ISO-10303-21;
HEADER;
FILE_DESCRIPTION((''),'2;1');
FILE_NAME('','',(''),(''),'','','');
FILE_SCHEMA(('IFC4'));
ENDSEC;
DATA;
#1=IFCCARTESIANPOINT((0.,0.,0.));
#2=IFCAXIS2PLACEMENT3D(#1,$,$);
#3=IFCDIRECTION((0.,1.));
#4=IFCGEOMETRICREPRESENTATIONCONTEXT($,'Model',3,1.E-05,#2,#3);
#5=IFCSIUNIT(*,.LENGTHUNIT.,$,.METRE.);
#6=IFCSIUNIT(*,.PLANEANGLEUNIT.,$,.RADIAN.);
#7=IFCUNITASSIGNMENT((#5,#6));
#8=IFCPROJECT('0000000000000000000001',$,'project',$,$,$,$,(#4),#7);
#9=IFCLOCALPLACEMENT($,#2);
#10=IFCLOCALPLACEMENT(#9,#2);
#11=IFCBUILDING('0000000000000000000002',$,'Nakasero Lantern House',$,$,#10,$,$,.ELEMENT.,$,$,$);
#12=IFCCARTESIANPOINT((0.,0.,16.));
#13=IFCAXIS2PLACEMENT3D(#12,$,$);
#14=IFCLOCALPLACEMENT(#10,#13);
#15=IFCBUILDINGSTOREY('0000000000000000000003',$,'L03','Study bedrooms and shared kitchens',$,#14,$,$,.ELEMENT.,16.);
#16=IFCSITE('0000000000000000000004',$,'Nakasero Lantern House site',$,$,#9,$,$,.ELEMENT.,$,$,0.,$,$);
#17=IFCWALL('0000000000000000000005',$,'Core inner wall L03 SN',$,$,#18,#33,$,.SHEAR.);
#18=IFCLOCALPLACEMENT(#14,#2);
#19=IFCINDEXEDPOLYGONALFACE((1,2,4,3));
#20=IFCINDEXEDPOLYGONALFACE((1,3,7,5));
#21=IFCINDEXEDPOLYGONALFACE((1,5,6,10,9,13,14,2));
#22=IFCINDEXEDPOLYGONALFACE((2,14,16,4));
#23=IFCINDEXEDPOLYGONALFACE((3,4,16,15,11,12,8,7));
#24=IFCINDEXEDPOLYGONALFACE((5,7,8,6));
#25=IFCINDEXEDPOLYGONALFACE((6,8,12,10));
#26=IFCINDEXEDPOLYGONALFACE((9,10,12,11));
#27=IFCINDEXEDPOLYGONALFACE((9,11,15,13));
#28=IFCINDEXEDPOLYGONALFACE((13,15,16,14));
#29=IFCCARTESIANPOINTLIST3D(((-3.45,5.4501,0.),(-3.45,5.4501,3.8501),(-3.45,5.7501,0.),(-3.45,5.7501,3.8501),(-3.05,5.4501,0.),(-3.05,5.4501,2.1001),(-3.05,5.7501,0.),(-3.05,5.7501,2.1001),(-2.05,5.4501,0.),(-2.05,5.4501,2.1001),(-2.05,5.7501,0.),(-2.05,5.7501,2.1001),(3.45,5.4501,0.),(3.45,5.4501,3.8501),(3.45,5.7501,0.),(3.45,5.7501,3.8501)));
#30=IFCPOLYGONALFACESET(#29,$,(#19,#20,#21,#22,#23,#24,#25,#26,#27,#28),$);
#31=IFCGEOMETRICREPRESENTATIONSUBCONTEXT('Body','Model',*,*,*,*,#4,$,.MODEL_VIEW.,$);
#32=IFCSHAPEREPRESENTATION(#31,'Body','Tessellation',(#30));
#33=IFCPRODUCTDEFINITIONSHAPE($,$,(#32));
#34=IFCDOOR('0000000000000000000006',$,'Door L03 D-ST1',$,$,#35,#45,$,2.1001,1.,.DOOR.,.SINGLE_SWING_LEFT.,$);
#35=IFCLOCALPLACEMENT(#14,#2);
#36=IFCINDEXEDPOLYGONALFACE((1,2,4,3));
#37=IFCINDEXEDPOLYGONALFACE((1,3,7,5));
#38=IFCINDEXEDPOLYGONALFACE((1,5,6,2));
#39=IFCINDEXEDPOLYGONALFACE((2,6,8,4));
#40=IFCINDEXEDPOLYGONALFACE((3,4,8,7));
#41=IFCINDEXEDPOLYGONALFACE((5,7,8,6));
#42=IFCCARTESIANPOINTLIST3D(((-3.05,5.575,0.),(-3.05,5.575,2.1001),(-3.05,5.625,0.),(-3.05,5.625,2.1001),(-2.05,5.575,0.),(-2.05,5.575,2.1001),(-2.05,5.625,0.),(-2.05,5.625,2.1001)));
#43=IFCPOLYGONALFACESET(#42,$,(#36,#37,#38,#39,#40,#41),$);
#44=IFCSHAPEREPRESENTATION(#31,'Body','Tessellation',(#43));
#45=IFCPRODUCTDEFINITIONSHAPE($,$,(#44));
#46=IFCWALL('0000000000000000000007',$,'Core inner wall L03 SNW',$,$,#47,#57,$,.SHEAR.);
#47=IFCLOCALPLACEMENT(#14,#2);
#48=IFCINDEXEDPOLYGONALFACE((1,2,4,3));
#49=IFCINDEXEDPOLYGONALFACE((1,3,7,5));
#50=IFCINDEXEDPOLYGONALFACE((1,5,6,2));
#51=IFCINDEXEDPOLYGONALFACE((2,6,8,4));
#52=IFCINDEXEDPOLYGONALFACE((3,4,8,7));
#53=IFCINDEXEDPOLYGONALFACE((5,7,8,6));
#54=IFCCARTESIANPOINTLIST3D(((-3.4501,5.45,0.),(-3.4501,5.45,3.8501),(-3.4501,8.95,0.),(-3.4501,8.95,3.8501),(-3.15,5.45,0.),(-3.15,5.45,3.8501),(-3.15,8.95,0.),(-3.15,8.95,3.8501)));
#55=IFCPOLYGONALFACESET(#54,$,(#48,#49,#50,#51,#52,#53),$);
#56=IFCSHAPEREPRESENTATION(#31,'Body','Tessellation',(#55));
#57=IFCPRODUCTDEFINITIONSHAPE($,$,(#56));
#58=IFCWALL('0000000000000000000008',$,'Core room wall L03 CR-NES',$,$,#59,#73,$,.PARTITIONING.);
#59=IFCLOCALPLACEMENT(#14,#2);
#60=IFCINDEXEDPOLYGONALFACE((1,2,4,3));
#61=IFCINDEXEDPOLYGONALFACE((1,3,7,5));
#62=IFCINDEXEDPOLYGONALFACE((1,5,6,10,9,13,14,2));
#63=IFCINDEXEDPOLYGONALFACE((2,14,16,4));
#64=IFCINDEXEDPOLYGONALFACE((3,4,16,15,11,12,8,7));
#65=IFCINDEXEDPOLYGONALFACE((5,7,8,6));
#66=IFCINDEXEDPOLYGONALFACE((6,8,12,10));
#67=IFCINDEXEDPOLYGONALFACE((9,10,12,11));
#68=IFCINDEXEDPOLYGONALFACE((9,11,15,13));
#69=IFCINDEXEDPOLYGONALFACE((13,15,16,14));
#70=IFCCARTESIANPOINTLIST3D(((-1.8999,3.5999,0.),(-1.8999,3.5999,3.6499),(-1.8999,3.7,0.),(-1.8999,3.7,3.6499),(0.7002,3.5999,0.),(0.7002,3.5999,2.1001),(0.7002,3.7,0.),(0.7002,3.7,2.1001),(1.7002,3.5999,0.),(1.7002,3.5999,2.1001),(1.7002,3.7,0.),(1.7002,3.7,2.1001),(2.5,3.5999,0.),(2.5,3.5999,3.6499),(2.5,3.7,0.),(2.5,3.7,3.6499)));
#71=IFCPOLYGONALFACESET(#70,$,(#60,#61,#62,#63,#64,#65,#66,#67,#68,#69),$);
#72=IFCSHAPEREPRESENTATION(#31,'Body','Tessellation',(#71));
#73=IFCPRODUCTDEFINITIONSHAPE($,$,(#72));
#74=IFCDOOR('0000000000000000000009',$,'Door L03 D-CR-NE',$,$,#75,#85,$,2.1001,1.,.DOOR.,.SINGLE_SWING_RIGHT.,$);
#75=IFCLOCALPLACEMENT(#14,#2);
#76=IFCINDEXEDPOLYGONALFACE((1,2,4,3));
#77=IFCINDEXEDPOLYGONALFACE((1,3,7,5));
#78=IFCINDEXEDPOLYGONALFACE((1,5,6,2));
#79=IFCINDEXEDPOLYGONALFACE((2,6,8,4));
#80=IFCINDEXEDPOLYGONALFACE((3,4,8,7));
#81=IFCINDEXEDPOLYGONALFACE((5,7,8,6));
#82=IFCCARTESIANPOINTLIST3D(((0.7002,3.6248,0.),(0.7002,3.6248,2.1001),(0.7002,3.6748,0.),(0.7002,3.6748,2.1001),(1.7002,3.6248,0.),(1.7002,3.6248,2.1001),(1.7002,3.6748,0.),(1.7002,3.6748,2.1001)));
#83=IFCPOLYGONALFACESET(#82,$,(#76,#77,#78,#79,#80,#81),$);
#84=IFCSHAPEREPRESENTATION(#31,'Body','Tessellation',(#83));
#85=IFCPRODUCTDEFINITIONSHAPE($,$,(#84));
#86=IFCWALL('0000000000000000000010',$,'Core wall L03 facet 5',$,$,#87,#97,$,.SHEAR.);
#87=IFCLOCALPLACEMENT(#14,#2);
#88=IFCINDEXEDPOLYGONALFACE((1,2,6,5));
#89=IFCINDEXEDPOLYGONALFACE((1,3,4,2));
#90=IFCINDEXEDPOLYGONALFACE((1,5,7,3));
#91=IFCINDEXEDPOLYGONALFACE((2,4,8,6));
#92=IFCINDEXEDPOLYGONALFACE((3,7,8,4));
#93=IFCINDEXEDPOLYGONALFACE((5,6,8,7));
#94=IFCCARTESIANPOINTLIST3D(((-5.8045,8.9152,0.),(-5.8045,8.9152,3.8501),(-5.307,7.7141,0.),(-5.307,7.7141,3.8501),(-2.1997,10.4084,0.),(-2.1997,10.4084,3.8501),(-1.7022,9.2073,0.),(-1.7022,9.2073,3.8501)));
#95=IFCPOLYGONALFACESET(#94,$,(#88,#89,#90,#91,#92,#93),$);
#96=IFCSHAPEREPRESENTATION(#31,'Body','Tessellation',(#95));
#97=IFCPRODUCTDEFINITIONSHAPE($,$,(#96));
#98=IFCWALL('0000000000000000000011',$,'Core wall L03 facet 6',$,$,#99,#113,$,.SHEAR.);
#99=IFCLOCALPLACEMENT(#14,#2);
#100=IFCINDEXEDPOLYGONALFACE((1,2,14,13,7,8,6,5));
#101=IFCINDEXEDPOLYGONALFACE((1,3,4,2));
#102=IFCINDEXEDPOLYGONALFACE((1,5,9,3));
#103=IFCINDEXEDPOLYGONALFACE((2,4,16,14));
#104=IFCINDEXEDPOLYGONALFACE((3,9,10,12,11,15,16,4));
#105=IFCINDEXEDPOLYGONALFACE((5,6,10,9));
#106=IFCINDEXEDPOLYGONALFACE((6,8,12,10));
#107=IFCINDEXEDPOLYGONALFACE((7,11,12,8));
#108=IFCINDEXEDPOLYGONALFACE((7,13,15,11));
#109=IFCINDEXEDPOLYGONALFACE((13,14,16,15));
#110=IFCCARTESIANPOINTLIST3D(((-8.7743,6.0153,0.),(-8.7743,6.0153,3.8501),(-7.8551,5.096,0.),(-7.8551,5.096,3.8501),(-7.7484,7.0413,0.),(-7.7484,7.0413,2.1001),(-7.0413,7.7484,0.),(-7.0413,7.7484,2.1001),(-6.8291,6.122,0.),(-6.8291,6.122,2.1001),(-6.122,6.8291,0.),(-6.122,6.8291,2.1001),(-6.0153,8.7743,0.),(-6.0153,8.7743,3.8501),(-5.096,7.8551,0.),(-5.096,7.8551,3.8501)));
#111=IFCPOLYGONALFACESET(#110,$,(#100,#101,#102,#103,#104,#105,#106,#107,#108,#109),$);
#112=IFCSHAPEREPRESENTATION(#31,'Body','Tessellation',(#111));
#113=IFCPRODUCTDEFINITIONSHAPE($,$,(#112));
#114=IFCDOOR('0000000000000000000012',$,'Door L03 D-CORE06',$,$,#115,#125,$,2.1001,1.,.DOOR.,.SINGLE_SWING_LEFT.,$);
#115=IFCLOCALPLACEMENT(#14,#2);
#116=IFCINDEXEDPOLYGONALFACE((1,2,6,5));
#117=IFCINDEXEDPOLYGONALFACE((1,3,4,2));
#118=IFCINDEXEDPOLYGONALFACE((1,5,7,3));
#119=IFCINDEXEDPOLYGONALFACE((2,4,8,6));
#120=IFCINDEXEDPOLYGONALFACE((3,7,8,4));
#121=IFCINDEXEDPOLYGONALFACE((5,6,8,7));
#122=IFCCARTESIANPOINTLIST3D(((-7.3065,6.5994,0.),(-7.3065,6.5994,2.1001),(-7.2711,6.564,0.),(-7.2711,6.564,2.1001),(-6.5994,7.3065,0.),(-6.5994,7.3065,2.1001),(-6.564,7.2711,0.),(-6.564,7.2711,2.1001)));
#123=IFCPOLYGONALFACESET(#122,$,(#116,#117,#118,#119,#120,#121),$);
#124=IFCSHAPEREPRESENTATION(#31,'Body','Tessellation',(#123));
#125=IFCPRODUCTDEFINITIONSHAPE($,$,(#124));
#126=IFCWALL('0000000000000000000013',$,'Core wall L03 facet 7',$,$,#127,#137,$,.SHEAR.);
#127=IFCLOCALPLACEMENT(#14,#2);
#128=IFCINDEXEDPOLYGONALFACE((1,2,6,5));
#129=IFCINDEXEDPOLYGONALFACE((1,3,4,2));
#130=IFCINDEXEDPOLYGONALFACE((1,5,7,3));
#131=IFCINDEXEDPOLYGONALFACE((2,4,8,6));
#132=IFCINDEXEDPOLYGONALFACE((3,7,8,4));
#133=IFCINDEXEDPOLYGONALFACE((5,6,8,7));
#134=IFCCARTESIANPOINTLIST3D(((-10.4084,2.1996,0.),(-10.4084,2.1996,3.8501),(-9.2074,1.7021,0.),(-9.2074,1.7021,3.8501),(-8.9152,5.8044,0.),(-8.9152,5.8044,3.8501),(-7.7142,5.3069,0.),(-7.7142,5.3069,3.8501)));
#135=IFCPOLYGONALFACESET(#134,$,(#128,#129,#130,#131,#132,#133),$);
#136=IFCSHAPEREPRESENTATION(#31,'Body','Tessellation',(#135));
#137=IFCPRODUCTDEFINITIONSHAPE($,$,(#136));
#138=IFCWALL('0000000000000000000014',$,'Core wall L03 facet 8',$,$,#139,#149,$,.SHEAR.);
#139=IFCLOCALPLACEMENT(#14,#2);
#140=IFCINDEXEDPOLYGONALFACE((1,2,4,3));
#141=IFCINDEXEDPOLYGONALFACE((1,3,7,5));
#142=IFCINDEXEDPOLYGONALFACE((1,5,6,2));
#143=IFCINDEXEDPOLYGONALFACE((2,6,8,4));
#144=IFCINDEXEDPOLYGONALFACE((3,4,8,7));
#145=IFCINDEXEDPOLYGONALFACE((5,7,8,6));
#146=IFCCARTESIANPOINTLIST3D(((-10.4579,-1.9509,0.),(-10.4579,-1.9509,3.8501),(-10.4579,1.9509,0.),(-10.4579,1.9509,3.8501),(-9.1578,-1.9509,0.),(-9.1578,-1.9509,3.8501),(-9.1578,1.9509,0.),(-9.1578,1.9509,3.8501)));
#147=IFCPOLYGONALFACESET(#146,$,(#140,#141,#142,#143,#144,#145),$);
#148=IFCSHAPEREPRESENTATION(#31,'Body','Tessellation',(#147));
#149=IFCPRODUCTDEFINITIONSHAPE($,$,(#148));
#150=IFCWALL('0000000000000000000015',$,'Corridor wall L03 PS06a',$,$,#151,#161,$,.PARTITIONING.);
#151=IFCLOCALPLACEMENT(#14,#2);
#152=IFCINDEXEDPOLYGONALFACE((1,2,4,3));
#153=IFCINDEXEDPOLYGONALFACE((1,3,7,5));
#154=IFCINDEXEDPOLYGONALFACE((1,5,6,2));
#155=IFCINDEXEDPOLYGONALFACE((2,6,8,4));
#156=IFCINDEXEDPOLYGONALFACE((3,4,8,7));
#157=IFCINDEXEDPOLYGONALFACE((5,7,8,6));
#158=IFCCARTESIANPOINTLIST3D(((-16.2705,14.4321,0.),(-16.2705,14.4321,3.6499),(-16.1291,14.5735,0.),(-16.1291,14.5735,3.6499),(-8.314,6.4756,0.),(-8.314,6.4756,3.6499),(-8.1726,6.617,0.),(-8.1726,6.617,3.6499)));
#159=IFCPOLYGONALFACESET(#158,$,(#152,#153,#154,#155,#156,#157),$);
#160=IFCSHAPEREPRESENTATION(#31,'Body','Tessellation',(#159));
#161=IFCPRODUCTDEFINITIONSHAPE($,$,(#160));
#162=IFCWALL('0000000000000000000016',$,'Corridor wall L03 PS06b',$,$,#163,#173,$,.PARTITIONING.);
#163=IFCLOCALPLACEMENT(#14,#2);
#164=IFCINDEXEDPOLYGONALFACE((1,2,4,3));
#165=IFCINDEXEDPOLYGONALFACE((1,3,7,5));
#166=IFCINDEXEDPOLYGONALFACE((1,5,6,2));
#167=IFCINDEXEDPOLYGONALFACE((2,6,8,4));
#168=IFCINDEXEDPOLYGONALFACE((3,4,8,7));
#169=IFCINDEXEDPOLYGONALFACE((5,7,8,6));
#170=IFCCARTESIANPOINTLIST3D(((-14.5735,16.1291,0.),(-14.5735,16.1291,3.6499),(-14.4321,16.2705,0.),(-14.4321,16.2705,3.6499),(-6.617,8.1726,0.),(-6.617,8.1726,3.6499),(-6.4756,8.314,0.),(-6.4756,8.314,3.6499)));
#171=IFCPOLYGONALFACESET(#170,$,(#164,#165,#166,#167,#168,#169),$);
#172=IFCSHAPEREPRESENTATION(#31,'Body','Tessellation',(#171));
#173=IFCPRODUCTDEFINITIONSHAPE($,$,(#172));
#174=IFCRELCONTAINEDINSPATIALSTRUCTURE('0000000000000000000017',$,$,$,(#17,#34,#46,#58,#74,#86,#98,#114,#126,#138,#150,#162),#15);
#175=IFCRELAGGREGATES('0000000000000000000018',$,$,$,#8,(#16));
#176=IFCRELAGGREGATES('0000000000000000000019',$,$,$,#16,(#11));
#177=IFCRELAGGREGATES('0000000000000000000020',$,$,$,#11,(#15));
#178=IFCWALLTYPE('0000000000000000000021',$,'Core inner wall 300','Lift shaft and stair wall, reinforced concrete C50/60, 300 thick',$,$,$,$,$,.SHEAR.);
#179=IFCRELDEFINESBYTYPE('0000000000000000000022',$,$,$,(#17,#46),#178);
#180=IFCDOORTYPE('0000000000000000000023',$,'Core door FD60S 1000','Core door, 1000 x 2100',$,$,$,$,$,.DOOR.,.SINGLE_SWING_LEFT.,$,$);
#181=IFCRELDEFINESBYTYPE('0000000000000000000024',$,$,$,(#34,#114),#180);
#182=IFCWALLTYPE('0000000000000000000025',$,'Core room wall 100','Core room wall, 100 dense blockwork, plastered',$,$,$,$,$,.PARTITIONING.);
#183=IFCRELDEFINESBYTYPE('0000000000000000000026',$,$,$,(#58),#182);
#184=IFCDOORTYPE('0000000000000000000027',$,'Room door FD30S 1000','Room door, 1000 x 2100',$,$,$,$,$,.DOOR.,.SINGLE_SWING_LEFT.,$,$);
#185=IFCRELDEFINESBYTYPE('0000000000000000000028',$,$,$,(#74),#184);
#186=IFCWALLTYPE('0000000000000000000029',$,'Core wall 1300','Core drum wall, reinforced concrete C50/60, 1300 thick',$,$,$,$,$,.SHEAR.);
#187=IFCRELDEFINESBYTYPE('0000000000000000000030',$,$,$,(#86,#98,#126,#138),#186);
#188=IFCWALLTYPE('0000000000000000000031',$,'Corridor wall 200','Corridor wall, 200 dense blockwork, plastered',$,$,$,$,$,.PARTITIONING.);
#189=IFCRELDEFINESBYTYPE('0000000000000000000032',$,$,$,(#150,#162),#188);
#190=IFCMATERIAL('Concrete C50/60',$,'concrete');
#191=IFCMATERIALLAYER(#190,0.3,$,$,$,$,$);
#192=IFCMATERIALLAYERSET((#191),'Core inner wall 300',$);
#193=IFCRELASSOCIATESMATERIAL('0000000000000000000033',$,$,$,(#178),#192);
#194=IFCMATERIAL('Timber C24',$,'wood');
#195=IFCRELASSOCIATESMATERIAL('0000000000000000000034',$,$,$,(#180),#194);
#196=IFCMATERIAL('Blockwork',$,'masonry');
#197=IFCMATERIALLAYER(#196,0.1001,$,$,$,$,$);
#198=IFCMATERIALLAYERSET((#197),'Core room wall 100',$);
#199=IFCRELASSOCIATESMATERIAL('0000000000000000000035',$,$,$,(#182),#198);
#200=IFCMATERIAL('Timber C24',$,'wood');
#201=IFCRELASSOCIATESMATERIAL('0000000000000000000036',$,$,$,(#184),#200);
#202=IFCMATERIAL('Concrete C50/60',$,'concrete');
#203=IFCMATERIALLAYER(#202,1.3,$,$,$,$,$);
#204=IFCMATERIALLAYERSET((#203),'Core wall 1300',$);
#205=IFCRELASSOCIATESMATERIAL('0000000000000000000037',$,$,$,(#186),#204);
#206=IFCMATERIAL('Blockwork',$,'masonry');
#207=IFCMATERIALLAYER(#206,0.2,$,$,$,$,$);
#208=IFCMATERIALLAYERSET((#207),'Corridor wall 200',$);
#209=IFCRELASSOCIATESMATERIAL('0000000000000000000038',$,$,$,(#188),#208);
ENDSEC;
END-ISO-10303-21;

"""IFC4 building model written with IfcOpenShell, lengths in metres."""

from ifc_helpers import new_model, si_unit, direction, frame, frame_2d, origin, place, context, subcontext, project, spatial, rectangle, extrude, material, layer, layer_set, type_object, element, fill, save


model = new_model("IFC4")

# Units and contexts
model_context = context("Model", 3, precision=1e-05, world=origin(), true_north=direction((0.0, 1.0)))
body_context = subcontext(model_context, "Body", "Model", "MODEL_VIEW")
ifc_project = project(units=[si_unit("LENGTHUNIT", "METRE"), si_unit("PLANEANGLEUNIT", "RADIAN")], contexts=[model_context])

# Site, building, storey
site_placement = place(None, origin())
site = spatial("IfcSite", under=ifc_project, at=site_placement, Name="Nakasero Lantern House site", CompositionType="ELEMENT", RefElevation=0.0)
building_placement = place(site_placement, origin())
building = spatial("IfcBuilding", under=site, at=building_placement, Name="Nakasero Lantern House", CompositionType="ELEMENT")
storey_placement = place(building_placement, frame((0.0, 0.0, 16.0)))
storey = spatial("IfcBuildingStorey", under=building, at=storey_placement, Name="L03", Description="Study bedrooms and shared kitchens", CompositionType="ELEMENT", Elevation=16.0)

# Shared definitions
ifc_material_1 = material(Name="Concrete C50/60", Category="concrete")
ifc_layer_1 = layer(ifc_material_1, 0.3)
ifc_layer_set_1 = layer_set([ifc_layer_1], Name="Core inner wall 300")
wall_type_1 = type_object("IfcWallType", Name="Core inner wall 300", Description="Lift shaft and stair wall, reinforced concrete C50/60, 300 thick", PredefinedType="SHEAR", material=ifc_layer_set_1)

# Wall, opening, door
wall_1_placement = place(storey_placement, frame((-3.45, 5.6001, 0.0), z_axis=(0.0, 0.0, 1.0), x_axis=(1.0, 0.0, 0.0)))
wall_1 = element("IfcWall", 1, at=wall_1_placement, inside=storey, type_object=wall_type_1, Name="Core inner wall L03 SN", PredefinedType="SHEAR", context=body_context, shape_type="SweptSolid", body=[
    extrude(rectangle(XDim=6.8999, YDim=0.3, at=frame_2d((3.45, 0.0))), origin(), (0.0, 0.0, 1.0), 3.8501),
])
opening_1_placement = place(wall_1_placement, frame((0.3999, 0.0, 0.0)))
opening_1 = element("IfcOpeningElement", 2, at=opening_1_placement, cuts=wall_1, PredefinedType="OPENING", context=body_context, shape_type="SweptSolid", body=[
    extrude(rectangle(XDim=1.0, YDim=2.1001, at=frame_2d((0.5, 1.05))), frame((0.0, 0.1699, 0.0), z_axis=(0.0, -1.0, 0.0), x_axis=(1.0, 0.0, 0.0)), (0.0, 0.0, 1.0), 0.3401),
])
ifc_material_2 = material(Name="Timber C24", Category="wood")
door_type_1 = type_object("IfcDoorType", Name="Core door FD60S 1000", Description="Core door, 1000 x 2100", OperationType="SINGLE_SWING_LEFT", PredefinedType="DOOR", material=ifc_material_2)
door_1_placement = place(opening_1_placement, origin())
door_1 = element("IfcDoor", 3, at=door_1_placement, inside=storey, type_object=door_type_1, Name="Door L03 D-ST1", OperationType="SINGLE_SWING_LEFT", OverallHeight=2.1001, OverallWidth=1.0, PredefinedType="DOOR", context=body_context, shape_type="SweptSolid", body=[
    extrude(rectangle(XDim=1.0, YDim=2.1001, at=frame_2d((0.5, 1.05))), frame((0.0, 0.0249, 0.0), z_axis=(0.0, -1.0, 0.0), x_axis=(1.0, 0.0, 0.0)), (0.0, 0.0, 1.0), 0.05),
])
fill(opening_1, door_1)

# Wall
wall_2_placement = place(storey_placement, frame((-3.3, 5.45, 0.0), z_axis=(0.0, 0.0, 1.0), x_axis=(0.0, 1.0, 0.0)))
element("IfcWall", 4, at=wall_2_placement, inside=storey, type_object=wall_type_1, Name="Core inner wall L03 SNW", PredefinedType="SHEAR", context=body_context, shape_type="SweptSolid", body=[
    extrude(rectangle(XDim=3.5, YDim=0.3, at=frame_2d((1.75, 0.0))), origin(), (0.0, 0.0, 1.0), 3.8501),
])

# Wall, opening, door
ifc_material_3 = material(Name="Blockwork", Category="masonry")
ifc_layer_2 = layer(ifc_material_3, 0.1001)
ifc_layer_set_2 = layer_set([ifc_layer_2], Name="Core room wall 100")
wall_type_2 = type_object("IfcWallType", Name="Core room wall 100", Description="Core room wall, 100 dense blockwork, plastered", PredefinedType="PARTITIONING", material=ifc_layer_set_2)
wall_3_placement = place(storey_placement, frame((-1.8999, 3.6499, 0.0), z_axis=(0.0, 0.0, 1.0), x_axis=(1.0, 0.0, 0.0)))
wall_3 = element("IfcWall", 5, at=wall_3_placement, inside=storey, type_object=wall_type_2, Name="Core room wall L03 CR-NES", PredefinedType="PARTITIONING", context=body_context, shape_type="SweptSolid", body=[
    extrude(rectangle(XDim=4.3999, YDim=0.1001, at=frame_2d((2.2, 0.0))), origin(), (0.0, 0.0, 1.0), 3.6499),
])
opening_2_placement = place(wall_3_placement, frame((2.6001, 0.0, 0.0)))
opening_2 = element("IfcOpeningElement", 6, at=opening_2_placement, cuts=wall_3, PredefinedType="OPENING", context=body_context, shape_type="SweptSolid", body=[
    extrude(rectangle(XDim=1.0, YDim=2.1001, at=frame_2d((0.5, 1.05))), frame((0.0, 0.0701, 0.0), z_axis=(0.0, -1.0, 0.0), x_axis=(1.0, 0.0, 0.0)), (0.0, 0.0, 1.0), 0.1401),
])
ifc_material_4 = material(Name="Timber C24", Category="wood")
door_type_2 = type_object("IfcDoorType", Name="Room door FD30S 1000", Description="Room door, 1000 x 2100", OperationType="SINGLE_SWING_LEFT", PredefinedType="DOOR", material=ifc_material_4)
door_2_placement = place(opening_2_placement, origin())
door_2 = element("IfcDoor", 7, at=door_2_placement, inside=storey, type_object=door_type_2, Name="Door L03 D-CR-NE", OperationType="SINGLE_SWING_RIGHT", OverallHeight=2.1001, OverallWidth=1.0, PredefinedType="DOOR", context=body_context, shape_type="SweptSolid", body=[
    extrude(rectangle(XDim=1.0, YDim=2.1001, at=frame_2d((0.5, 1.05))), frame((0.0, 0.0249, 0.0), z_axis=(0.0, -1.0, 0.0), x_axis=(1.0, 0.0, 0.0)), (0.0, 0.0, 1.0), 0.05),
])
fill(opening_2, door_2)

# Wall
ifc_material_5 = material(Name="Concrete C50/60", Category="concrete")
ifc_layer_3 = layer(ifc_material_5, 1.3)
ifc_layer_set_3 = layer_set([ifc_layer_3], Name="Core wall 1300")
wall_type_3 = type_object("IfcWallType", Name="Core wall 1300", Description="Core drum wall, reinforced concrete C50/60, 1300 thick", PredefinedType="SHEAR", material=ifc_layer_set_3)
wall_4_placement = place(storey_placement, frame((-1.9509, 9.8079, 0.0), z_axis=(0.0, 0.0, 1.0), x_axis=(-0.923877, -0.382691, 0.0)))
element("IfcWall", 8, at=wall_4_placement, inside=storey, type_object=wall_type_3, Name="Core wall L03 facet 5", PredefinedType="SHEAR", context=body_context, shape_type="SweptSolid", body=[
    extrude(rectangle(XDim=3.9019, YDim=1.3, at=frame_2d((1.9509, 0.0))), origin(), (0.0, 0.0, 1.0), 3.8501),
])

# Wall, opening, door
wall_5_placement = place(storey_placement, frame((-5.5557, 8.3147, 0.0), z_axis=(0.0, 0.0, 1.0), x_axis=(-0.707107, -0.707107, 0.0)))
wall_5 = element("IfcWall", 9, at=wall_5_placement, inside=storey, type_object=wall_type_3, Name="Core wall L03 facet 6", PredefinedType="SHEAR", context=body_context, shape_type="SweptSolid", body=[
    extrude(rectangle(XDim=3.9019, YDim=1.3, at=frame_2d((1.9509, 0.0))), origin(), (0.0, 0.0, 1.0), 3.8501),
])
opening_3_placement = place(wall_5_placement, frame((1.4509, 0.0, 0.0)))
opening_3 = element("IfcOpeningElement", 10, at=opening_3_placement, cuts=wall_5, PredefinedType="OPENING", context=body_context, shape_type="SweptSolid", body=[
    extrude(rectangle(XDim=1.0, YDim=2.1001, at=frame_2d((0.5, 1.05))), frame((0.0, 0.6699, 0.0), z_axis=(0.0, -1.0, 0.0), x_axis=(1.0, 0.0, 0.0)), (0.0, 0.0, 1.0), 1.3401),
])
door_3_placement = place(opening_3_placement, origin())
door_3 = element("IfcDoor", 11, at=door_3_placement, inside=storey, type_object=door_type_1, Name="Door L03 D-CORE06", OperationType="SINGLE_SWING_LEFT", OverallHeight=2.1001, OverallWidth=1.0, PredefinedType="DOOR", context=body_context, shape_type="SweptSolid", body=[
    extrude(rectangle(XDim=1.0, YDim=2.1001, at=frame_2d((0.5, 1.05))), frame((0.0, 0.0249, 0.0), z_axis=(0.0, -1.0, 0.0), x_axis=(1.0, 0.0, 0.0)), (0.0, 0.0, 1.0), 0.05),
])
fill(opening_3, door_3)

# Walls
for number, where, z_axis, x_axis, name in (
    (12, (-8.3147, 5.5557, 0.0), (0.0, 0.0, 1.0), (-0.382691, -0.923877, 0.0), "Core wall L03 facet 7"),
    (13, (-9.8079, 1.9509, 0.0), (0.0, 0.0, 1.0), (0.0, -1.0, 0.0), "Core wall L03 facet 8"),
):
    element("IfcWall", number, at=place(storey_placement, frame(where, z_axis=z_axis, x_axis=x_axis)), inside=storey, type_object=wall_type_3, Name=name, PredefinedType="SHEAR", context=body_context, shape_type="SweptSolid", body=[
        extrude(rectangle(XDim=3.9019, YDim=1.3, at=frame_2d((1.9509, 0.0))), origin(), (0.0, 0.0, 1.0), 3.8501),
    ])
ifc_material_6 = material(Name="Blockwork", Category="masonry")
ifc_layer_4 = layer(ifc_material_6, 0.2)
ifc_layer_set_4 = layer_set([ifc_layer_4], Name="Corridor wall 200")
wall_type_4 = type_object("IfcWallType", Name="Corridor wall 200", Description="Corridor wall, 200 dense blockwork, plastered", PredefinedType="PARTITIONING", material=ifc_layer_set_4)
for number, where, z_axis, x_axis, name in (
    (14, (-8.2434, 6.5464, 0.0), (0.0, 0.0, 1.0), (-0.707107, 0.707107, 0.0), "Corridor wall L03 PS06a"),
    (15, (-6.5464, 8.2434, 0.0), (0.0, 0.0, 1.0), (-0.707107, 0.707107, 0.0), "Corridor wall L03 PS06b"),
):
    element("IfcWall", number, at=place(storey_placement, frame(where, z_axis=z_axis, x_axis=x_axis)), inside=storey, type_object=wall_type_4, Name=name, PredefinedType="PARTITIONING", context=body_context, shape_type="SweptSolid", body=[
        extrude(rectangle(XDim=11.2522, YDim=0.2, at=frame_2d((5.626, 0.0))), origin(), (0.0, 0.0, 1.0), 3.6499),
    ])

save(model, "model.ifc")
